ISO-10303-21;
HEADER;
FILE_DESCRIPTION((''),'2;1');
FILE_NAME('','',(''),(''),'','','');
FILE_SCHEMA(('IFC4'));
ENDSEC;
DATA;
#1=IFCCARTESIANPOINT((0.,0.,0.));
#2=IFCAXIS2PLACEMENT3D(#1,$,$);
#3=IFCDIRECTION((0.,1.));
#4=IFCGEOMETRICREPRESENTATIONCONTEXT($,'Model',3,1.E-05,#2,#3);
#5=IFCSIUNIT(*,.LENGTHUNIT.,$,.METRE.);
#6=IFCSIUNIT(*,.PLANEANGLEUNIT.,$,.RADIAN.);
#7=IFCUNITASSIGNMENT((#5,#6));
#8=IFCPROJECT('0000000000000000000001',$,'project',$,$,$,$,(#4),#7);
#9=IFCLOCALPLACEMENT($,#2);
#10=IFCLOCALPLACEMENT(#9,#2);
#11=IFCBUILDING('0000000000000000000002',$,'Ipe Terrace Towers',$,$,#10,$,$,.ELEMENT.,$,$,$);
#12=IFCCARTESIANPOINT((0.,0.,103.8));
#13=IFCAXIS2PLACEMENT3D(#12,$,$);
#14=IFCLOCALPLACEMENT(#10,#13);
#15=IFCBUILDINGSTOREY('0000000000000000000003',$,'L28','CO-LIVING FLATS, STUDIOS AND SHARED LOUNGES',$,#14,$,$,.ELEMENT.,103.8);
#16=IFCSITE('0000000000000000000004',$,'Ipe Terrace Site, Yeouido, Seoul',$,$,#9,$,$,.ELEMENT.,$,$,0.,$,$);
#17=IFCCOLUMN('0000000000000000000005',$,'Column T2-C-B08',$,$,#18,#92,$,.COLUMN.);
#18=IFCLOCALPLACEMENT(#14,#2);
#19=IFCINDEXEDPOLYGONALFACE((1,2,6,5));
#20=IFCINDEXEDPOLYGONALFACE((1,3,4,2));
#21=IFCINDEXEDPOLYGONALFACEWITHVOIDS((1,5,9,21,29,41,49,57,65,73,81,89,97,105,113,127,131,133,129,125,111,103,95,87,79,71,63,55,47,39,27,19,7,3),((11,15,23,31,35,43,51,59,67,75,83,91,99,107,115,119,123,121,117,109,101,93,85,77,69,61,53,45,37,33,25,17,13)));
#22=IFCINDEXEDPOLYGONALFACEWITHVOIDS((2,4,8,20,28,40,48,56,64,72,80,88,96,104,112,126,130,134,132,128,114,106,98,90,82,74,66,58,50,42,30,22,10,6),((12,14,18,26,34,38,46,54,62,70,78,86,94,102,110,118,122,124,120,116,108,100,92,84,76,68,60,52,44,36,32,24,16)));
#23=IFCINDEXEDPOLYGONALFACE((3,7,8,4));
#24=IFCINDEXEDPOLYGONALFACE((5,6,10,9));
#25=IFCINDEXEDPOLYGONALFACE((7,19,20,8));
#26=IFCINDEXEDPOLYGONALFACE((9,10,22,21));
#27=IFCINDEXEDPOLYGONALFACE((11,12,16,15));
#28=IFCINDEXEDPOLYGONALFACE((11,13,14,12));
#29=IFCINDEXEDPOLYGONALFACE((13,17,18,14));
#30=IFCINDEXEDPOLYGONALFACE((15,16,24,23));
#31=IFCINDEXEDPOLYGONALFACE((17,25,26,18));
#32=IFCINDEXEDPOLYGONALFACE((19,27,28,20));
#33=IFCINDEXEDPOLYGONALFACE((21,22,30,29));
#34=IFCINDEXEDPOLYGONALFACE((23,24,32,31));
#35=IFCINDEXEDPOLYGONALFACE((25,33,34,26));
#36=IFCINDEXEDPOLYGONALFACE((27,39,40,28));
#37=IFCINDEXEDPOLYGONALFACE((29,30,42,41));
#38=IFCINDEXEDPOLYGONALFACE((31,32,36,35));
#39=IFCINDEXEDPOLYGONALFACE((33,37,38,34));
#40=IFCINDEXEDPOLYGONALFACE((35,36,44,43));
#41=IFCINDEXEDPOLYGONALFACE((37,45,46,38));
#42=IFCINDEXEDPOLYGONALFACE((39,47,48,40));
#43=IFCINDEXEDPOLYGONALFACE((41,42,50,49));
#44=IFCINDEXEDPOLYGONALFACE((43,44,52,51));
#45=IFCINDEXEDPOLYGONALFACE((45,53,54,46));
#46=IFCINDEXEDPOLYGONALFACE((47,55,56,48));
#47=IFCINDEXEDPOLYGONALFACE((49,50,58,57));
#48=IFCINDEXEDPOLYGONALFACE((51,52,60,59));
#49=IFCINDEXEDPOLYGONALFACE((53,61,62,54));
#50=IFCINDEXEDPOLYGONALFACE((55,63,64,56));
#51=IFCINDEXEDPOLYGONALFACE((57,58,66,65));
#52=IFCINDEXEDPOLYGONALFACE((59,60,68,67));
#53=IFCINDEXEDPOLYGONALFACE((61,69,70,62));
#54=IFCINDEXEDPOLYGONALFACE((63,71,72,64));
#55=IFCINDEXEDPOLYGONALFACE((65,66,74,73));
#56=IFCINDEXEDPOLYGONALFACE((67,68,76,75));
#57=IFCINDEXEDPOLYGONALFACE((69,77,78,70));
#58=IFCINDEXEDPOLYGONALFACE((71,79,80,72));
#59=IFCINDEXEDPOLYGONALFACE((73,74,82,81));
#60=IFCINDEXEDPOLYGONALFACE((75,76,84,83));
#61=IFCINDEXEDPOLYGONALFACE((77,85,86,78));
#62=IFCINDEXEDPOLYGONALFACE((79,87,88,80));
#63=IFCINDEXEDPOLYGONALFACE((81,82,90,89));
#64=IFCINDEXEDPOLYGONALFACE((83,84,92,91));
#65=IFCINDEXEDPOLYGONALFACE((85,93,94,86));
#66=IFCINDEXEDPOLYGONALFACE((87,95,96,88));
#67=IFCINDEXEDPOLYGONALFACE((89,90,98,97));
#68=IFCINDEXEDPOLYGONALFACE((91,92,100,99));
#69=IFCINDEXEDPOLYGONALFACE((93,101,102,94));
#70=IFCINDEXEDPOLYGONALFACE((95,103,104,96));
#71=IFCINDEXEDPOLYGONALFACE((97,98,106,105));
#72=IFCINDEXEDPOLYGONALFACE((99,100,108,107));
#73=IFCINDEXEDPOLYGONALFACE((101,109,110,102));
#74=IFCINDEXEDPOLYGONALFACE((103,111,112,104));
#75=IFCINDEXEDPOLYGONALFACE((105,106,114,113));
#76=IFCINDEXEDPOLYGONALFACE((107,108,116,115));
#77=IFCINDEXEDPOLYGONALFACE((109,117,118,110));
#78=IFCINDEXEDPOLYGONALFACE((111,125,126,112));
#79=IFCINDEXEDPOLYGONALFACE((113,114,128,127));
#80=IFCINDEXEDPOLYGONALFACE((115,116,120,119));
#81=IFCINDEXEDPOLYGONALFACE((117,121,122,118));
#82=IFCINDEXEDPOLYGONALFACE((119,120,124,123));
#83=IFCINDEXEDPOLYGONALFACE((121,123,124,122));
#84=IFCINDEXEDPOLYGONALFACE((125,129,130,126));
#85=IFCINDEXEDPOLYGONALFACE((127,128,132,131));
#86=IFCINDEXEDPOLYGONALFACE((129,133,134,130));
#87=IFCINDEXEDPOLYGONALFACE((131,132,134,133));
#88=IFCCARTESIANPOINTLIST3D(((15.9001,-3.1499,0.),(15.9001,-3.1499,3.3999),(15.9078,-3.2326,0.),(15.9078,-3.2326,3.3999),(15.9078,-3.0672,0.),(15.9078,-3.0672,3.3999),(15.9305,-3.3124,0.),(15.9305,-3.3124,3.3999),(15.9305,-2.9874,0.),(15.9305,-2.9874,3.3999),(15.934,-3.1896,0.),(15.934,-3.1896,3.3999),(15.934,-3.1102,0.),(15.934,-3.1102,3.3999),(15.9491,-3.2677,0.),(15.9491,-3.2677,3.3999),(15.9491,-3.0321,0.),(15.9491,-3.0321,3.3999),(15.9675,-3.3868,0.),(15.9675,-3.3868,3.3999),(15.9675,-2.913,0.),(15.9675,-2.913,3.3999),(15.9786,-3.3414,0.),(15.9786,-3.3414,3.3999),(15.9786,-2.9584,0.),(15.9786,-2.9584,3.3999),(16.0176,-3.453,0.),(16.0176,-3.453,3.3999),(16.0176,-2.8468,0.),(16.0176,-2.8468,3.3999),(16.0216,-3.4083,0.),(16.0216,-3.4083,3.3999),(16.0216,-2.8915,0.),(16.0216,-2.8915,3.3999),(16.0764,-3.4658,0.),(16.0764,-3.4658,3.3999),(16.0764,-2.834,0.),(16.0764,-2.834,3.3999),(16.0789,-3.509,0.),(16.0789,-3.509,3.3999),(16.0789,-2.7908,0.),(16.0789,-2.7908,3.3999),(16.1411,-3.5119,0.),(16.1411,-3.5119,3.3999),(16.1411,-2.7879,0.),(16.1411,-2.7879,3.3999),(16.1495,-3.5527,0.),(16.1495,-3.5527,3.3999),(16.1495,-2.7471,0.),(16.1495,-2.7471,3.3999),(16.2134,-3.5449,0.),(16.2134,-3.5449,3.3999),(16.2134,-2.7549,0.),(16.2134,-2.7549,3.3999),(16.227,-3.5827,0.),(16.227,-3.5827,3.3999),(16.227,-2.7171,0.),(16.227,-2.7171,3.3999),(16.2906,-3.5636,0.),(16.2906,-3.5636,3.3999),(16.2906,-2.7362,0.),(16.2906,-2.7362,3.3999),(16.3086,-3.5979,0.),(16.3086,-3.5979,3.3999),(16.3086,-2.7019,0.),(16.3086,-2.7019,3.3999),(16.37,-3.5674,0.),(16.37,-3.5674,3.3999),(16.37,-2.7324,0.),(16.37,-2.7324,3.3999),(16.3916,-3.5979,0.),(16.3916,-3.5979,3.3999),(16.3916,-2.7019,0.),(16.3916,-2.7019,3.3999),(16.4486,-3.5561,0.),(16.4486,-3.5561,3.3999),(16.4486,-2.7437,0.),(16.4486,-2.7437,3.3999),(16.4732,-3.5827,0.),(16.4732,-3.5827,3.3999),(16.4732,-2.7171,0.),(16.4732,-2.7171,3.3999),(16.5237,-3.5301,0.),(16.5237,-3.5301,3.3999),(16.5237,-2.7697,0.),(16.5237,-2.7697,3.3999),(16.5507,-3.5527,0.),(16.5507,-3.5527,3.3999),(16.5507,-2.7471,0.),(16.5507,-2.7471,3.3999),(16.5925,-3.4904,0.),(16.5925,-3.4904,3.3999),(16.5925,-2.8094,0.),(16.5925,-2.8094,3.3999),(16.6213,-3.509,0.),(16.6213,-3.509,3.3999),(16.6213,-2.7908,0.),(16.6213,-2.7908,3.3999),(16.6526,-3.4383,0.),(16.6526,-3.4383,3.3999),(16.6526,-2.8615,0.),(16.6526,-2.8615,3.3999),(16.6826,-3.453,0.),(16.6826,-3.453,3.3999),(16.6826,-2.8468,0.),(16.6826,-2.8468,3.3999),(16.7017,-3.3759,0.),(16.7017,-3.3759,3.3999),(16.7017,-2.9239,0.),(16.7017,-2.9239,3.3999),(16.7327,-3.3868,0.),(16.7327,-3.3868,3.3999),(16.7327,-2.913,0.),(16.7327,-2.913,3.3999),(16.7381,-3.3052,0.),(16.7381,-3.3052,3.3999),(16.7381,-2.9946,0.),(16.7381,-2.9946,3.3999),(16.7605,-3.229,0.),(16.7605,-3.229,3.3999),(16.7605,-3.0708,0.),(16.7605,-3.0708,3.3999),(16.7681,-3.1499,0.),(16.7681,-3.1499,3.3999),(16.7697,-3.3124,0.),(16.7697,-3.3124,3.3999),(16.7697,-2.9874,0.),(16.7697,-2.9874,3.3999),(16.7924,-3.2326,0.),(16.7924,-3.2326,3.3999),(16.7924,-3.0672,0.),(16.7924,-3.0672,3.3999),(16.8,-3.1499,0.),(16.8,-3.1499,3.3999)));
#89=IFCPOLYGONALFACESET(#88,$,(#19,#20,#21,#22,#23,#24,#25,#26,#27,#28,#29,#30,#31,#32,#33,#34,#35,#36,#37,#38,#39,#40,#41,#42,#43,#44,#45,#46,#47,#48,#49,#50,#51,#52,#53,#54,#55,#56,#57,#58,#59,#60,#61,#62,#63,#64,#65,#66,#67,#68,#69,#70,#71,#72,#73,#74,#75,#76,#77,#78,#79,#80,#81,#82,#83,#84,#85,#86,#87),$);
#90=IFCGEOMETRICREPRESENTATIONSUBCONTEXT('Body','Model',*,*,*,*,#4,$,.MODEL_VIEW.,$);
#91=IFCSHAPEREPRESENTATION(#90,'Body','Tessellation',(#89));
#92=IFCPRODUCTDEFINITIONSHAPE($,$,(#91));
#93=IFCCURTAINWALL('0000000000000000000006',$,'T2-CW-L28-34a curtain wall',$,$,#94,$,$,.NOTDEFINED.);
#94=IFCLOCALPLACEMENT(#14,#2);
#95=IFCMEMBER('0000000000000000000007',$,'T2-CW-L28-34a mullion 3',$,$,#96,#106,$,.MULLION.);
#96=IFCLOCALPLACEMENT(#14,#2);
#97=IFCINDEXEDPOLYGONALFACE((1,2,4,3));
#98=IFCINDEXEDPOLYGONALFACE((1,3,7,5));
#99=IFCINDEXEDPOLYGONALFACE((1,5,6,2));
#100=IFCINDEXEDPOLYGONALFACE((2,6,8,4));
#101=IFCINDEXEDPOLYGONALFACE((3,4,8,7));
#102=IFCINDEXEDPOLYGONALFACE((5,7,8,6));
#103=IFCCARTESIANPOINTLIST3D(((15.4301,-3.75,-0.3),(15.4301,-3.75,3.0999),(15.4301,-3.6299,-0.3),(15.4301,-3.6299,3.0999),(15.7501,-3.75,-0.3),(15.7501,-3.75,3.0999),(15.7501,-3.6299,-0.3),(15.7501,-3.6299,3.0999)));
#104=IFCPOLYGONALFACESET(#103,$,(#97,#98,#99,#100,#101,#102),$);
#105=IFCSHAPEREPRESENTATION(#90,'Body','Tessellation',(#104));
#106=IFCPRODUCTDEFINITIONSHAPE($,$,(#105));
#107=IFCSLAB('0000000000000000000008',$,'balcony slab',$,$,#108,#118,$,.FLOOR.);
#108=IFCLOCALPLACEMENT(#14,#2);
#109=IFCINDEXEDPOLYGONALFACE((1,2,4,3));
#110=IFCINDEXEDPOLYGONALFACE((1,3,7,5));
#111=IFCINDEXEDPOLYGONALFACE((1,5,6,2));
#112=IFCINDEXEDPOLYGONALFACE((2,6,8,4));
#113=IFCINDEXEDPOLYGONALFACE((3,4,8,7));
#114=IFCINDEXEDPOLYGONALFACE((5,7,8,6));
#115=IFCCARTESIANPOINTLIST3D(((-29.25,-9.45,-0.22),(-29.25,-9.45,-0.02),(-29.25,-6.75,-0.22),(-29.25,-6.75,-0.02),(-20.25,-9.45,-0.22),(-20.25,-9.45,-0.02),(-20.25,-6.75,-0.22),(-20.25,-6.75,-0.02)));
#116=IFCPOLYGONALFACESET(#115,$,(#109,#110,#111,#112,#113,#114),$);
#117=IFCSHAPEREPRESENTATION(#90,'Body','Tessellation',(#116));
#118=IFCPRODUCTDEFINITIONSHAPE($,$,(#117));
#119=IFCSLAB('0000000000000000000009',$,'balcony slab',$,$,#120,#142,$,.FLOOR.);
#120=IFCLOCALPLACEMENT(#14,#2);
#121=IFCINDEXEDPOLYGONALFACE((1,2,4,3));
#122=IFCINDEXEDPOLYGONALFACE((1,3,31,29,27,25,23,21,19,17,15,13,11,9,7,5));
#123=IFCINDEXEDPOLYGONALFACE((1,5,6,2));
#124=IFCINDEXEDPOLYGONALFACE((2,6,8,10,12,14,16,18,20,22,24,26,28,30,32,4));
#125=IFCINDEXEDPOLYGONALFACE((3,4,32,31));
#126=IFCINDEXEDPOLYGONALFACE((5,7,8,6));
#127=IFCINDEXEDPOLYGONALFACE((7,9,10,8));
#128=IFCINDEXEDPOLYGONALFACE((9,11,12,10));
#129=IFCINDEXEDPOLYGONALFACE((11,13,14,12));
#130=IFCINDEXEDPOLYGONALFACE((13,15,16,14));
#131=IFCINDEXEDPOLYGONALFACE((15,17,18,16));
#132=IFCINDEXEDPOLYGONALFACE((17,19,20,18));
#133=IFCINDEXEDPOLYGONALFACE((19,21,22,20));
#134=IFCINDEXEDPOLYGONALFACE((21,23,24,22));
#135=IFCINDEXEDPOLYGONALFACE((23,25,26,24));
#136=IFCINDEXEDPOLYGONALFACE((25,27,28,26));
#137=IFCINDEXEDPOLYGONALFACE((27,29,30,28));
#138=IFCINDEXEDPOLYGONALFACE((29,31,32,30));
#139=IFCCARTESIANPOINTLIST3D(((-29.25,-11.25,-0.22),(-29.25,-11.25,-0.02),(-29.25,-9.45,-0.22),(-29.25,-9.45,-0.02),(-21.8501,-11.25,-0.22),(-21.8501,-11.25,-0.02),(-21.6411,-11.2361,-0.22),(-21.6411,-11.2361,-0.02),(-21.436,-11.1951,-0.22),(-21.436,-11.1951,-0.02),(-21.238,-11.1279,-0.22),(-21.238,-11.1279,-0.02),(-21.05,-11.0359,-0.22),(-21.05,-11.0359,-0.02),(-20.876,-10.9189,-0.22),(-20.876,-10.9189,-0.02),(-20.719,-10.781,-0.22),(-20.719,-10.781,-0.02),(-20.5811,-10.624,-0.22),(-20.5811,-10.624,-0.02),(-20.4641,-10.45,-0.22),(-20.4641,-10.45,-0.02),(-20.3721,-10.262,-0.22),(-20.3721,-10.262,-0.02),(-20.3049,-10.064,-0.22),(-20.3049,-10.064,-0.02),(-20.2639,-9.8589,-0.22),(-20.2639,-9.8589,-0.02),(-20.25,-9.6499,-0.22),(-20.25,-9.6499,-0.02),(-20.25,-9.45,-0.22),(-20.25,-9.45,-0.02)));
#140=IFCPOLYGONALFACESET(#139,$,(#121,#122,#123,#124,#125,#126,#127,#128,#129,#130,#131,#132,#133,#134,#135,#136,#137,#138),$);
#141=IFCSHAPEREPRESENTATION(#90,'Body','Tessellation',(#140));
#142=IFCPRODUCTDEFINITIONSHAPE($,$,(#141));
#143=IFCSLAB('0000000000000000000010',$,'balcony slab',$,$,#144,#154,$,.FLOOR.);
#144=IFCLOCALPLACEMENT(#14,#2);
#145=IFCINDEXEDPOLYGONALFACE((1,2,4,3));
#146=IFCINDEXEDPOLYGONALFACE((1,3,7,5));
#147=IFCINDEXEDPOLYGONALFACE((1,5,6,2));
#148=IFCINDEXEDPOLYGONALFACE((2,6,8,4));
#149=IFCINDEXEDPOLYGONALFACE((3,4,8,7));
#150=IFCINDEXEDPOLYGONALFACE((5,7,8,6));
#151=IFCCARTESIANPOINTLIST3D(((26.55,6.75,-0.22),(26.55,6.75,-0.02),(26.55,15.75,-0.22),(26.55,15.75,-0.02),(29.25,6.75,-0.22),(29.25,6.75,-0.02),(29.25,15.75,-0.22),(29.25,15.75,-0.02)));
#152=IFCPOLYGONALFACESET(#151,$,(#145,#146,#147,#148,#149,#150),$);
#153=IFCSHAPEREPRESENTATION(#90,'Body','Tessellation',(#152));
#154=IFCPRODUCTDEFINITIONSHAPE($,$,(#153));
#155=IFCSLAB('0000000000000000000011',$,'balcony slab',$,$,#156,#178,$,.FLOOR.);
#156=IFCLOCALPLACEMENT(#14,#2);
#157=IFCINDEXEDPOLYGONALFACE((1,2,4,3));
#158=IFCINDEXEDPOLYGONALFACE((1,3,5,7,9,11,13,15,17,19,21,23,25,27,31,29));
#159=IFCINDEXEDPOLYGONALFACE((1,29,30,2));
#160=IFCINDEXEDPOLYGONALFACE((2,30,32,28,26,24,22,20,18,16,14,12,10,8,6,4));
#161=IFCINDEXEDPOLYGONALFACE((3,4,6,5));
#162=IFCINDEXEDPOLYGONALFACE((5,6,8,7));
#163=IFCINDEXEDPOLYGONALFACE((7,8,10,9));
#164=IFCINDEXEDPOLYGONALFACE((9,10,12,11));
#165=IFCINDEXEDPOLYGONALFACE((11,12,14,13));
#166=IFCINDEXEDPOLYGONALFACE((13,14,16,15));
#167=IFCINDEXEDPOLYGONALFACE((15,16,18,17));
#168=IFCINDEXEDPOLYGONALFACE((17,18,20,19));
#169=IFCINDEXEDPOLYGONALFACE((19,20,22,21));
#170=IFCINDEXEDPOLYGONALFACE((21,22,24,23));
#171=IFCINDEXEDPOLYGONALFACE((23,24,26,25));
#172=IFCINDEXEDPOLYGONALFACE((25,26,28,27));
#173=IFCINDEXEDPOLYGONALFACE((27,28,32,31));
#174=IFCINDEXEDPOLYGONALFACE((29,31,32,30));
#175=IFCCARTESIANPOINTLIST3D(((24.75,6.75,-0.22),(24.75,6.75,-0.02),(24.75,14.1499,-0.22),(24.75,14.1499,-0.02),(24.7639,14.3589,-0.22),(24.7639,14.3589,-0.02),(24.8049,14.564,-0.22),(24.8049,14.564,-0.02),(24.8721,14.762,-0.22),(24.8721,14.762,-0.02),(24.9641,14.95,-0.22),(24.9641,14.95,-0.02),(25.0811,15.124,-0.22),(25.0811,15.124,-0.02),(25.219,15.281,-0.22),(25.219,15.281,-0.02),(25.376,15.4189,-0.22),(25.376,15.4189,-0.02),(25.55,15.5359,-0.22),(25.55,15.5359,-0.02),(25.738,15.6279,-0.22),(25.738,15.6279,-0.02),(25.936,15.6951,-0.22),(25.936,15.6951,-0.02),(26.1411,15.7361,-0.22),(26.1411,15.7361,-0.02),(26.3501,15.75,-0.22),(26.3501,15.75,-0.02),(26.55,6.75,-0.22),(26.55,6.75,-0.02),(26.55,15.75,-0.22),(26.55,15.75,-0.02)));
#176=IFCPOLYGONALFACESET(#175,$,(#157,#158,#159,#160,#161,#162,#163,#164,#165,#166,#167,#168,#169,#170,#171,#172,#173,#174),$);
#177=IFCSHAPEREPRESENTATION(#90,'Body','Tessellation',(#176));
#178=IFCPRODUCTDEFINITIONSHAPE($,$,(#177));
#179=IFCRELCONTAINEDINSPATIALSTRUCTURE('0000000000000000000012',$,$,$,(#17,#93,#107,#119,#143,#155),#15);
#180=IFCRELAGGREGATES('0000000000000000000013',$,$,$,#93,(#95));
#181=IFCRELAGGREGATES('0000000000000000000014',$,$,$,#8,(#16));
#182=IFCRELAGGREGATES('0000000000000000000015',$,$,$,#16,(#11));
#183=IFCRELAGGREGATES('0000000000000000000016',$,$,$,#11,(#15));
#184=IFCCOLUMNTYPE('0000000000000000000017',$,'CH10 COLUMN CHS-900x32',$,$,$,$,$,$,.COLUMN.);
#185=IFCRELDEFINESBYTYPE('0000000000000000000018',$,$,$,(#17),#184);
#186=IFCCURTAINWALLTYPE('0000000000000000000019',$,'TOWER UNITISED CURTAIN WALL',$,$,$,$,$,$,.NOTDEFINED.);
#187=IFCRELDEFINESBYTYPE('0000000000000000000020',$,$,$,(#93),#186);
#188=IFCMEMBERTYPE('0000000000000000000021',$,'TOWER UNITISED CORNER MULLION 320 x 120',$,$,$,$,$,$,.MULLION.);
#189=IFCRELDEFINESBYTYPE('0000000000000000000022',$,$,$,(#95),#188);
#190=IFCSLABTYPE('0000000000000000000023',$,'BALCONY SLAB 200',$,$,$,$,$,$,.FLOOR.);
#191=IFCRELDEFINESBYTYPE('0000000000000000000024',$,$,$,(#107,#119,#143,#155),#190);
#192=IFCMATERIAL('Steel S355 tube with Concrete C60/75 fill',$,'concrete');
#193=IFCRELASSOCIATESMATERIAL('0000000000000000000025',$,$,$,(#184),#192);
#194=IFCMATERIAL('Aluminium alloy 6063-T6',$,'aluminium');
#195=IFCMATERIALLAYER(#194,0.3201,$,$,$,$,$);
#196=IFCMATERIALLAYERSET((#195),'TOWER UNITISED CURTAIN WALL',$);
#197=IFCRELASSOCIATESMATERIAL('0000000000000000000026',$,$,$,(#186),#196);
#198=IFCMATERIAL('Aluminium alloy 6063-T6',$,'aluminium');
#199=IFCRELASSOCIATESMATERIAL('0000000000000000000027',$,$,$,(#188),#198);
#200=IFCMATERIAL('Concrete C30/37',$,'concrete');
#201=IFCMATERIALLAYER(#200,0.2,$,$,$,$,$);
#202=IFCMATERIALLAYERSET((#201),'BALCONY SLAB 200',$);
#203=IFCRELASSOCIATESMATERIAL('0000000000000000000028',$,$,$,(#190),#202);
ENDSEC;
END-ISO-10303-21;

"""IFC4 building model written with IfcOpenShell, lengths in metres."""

from ifc_helpers import new_model, si_unit, direction, frame, origin, origin_2d, place, context, subcontext, project, spatial, polyline, rectangle, hollow_circle, outline, extrude, material, layer, layer_set, material_profile, profile_set, type_object, element, aggregate, save


model = new_model("IFC4")

# Units and contexts
model_context = context("Model", 3, precision=1e-05, world=origin(), true_north=direction((0.0, 1.0)))
body_context = subcontext(model_context, "Body", "Model", "MODEL_VIEW")
ifc_project = project(units=[si_unit("LENGTHUNIT", "METRE"), si_unit("PLANEANGLEUNIT", "RADIAN")], contexts=[model_context])

# Site, building, storey
site_placement = place(None, origin())
site = spatial("IfcSite", under=ifc_project, at=site_placement, Name="Ipe Terrace Site, Yeouido, Seoul", CompositionType="ELEMENT", RefElevation=0.0)
building_placement = place(site_placement, origin())
building = spatial("IfcBuilding", under=site, at=building_placement, Name="Ipe Terrace Towers", CompositionType="ELEMENT")
storey_placement = place(building_placement, frame((0.0, 0.0, 103.8)))
storey = spatial("IfcBuildingStorey", under=building, at=storey_placement, Name="L28", Description="CO-LIVING FLATS, STUDIOS AND SHARED LOUNGES", CompositionType="ELEMENT", Elevation=103.8)

# Column
ifc_material_1 = material(Name="Steel S355 tube with Concrete C60/75 fill", Category="concrete")
ifc_material_profile_1 = material_profile(ifc_material_1, hollow_circle(Radius=0.45, WallThickness=0.032, at=origin_2d()), Name="CHS-900x32")
ifc_profile_set_1 = profile_set([ifc_material_profile_1], Name="Steel S355 tube with Concrete C60/75 fill")
column_type = type_object("IfcColumnType", Name="CH10 COLUMN CHS-900x32", PredefinedType="COLUMN", material=ifc_profile_set_1)
column_placement = place(storey_placement, frame((16.3501, -3.1499, 0.0), z_axis=(0.0, 0.0, 1.0), x_axis=(1.0, 0.0, 0.0)))
element("IfcColumn", 1, at=column_placement, inside=storey, type_object=column_type, Name="Column T2-C-B08", PredefinedType="COLUMN", context=body_context, shape_type="SweptSolid", body=[
    extrude(hollow_circle(Radius=0.45, WallThickness=0.032, at=origin_2d()), origin(), (0.0, 0.0, 1.0), 3.3999),
])

# Curtain wall, member
ifc_material_2 = material(Name="Aluminium alloy 6063-T6", Category="aluminium")
ifc_layer_1 = layer(ifc_material_2, 0.3201)
ifc_layer_set_1 = layer_set([ifc_layer_1], Name="TOWER UNITISED CURTAIN WALL")
curtain_wall_type = type_object("IfcCurtainWallType", Name="TOWER UNITISED CURTAIN WALL", PredefinedType="NOTDEFINED", material=ifc_layer_set_1)
curtain_wall_placement = place(storey_placement, origin())
curtain_wall = element("IfcCurtainWall", 2, at=curtain_wall_placement, inside=storey, type_object=curtain_wall_type, Name="T2-CW-L28-34a curtain wall", PredefinedType="NOTDEFINED")
ifc_material_3 = material(Name="Aluminium alloy 6063-T6", Category="aluminium")
ifc_material_profile_2 = material_profile(ifc_material_3, rectangle(XDim=0.3201, YDim=0.1201, at=origin_2d()), Name="TOWER UNITISED CORNER MULLION 320 x 120")
ifc_profile_set_2 = profile_set([ifc_material_profile_2], Name="Aluminium alloy 6063-T6")
member_type = type_object("IfcMemberType", Name="TOWER UNITISED CORNER MULLION 320 x 120", PredefinedType="MULLION", material=ifc_profile_set_2)
member_placement = place(storey_placement, frame((15.5901, -3.6899, -0.3), z_axis=(0.0, 0.0, 1.0), x_axis=(-1.0, 0.0, 0.0)))
member = element("IfcMember", 3, at=member_placement, type_object=member_type, Name="T2-CW-L28-34a mullion 3", PredefinedType="MULLION", context=body_context, shape_type="SweptSolid", body=[
    extrude(rectangle(XDim=0.3201, YDim=0.1201, at=origin_2d()), origin(), (0.0, 0.0, 1.0), 3.3999),
])

# Slabs
ifc_material_4 = material(Name="Concrete C30/37", Category="concrete")
ifc_layer_2 = layer(ifc_material_4, 0.2)
ifc_layer_set_2 = layer_set([ifc_layer_2], Name="BALCONY SLAB 200")
slab_type_1 = type_object("IfcSlabType", Name="BALCONY SLAB 200", PredefinedType="FLOOR", material=ifc_layer_set_2)
slab_1_placement = place(storey_placement, frame((0.0, 0.0, -0.22)))
element("IfcSlab", 4, at=slab_1_placement, inside=storey, type_object=slab_type_1, Name="balcony slab", PredefinedType="FLOOR", context=body_context, shape_type="SweptSolid", body=[
    extrude(outline(polyline([(-20.25, -6.75), (-29.25, -6.75), (-29.25, -9.45), (-20.25, -9.45), (-20.25, -6.75)])), origin(), (0.0, 0.0, 1.0), 0.2),
])
slab_2_placement = place(storey_placement, frame((0.0, 0.0, -0.22)))
element("IfcSlab", 5, at=slab_2_placement, inside=storey, type_object=slab_type_1, Name="balcony slab", PredefinedType="FLOOR", context=body_context, shape_type="SweptSolid", body=[
    extrude(outline(polyline([(-29.25, -11.25), (-21.8501, -11.25), (-21.6411, -11.2361), (-21.436, -11.1951), (-21.238, -11.1279), (-21.05, -11.0359), (-20.876, -10.9189), (-20.719, -10.781), (-20.5811, -10.624), (-20.4641, -10.45), (-20.3721, -10.262), (-20.3049, -10.064), (-20.2639, -9.8589), (-20.25, -9.6499), (-20.25, -9.45), (-29.25, -9.45), (-29.25, -11.25)])), origin(), (0.0, 0.0, 1.0), 0.2),
])
slab_3_placement = place(storey_placement, frame((0.0, 0.0, -0.22)))
element("IfcSlab", 6, at=slab_3_placement, inside=storey, type_object=slab_type_1, Name="balcony slab", PredefinedType="FLOOR", context=body_context, shape_type="SweptSolid", body=[
    extrude(outline(polyline([(29.25, 15.75), (26.55, 15.75), (26.55, 6.75), (29.25, 6.75), (29.25, 15.75)])), origin(), (0.0, 0.0, 1.0), 0.2),
])
slab_4_placement = place(storey_placement, frame((0.0, 0.0, -0.22)))
element("IfcSlab", 7, at=slab_4_placement, inside=storey, type_object=slab_type_1, Name="balcony slab", PredefinedType="FLOOR", context=body_context, shape_type="SweptSolid", body=[
    extrude(outline(polyline([(24.75, 6.75), (26.55, 6.75), (26.55, 15.75), (26.3501, 15.75), (26.1411, 15.7361), (25.936, 15.6951), (25.738, 15.6279), (25.55, 15.5359), (25.376, 15.4189), (25.219, 15.281), (25.0811, 15.124), (24.9641, 14.95), (24.8721, 14.762), (24.8049, 14.564), (24.7639, 14.3589), (24.75, 14.1499), (24.75, 6.75)])), origin(), (0.0, 0.0, 1.0), 0.2),
])

aggregate(curtain_wall, [member])

save(model, "model.ifc")
